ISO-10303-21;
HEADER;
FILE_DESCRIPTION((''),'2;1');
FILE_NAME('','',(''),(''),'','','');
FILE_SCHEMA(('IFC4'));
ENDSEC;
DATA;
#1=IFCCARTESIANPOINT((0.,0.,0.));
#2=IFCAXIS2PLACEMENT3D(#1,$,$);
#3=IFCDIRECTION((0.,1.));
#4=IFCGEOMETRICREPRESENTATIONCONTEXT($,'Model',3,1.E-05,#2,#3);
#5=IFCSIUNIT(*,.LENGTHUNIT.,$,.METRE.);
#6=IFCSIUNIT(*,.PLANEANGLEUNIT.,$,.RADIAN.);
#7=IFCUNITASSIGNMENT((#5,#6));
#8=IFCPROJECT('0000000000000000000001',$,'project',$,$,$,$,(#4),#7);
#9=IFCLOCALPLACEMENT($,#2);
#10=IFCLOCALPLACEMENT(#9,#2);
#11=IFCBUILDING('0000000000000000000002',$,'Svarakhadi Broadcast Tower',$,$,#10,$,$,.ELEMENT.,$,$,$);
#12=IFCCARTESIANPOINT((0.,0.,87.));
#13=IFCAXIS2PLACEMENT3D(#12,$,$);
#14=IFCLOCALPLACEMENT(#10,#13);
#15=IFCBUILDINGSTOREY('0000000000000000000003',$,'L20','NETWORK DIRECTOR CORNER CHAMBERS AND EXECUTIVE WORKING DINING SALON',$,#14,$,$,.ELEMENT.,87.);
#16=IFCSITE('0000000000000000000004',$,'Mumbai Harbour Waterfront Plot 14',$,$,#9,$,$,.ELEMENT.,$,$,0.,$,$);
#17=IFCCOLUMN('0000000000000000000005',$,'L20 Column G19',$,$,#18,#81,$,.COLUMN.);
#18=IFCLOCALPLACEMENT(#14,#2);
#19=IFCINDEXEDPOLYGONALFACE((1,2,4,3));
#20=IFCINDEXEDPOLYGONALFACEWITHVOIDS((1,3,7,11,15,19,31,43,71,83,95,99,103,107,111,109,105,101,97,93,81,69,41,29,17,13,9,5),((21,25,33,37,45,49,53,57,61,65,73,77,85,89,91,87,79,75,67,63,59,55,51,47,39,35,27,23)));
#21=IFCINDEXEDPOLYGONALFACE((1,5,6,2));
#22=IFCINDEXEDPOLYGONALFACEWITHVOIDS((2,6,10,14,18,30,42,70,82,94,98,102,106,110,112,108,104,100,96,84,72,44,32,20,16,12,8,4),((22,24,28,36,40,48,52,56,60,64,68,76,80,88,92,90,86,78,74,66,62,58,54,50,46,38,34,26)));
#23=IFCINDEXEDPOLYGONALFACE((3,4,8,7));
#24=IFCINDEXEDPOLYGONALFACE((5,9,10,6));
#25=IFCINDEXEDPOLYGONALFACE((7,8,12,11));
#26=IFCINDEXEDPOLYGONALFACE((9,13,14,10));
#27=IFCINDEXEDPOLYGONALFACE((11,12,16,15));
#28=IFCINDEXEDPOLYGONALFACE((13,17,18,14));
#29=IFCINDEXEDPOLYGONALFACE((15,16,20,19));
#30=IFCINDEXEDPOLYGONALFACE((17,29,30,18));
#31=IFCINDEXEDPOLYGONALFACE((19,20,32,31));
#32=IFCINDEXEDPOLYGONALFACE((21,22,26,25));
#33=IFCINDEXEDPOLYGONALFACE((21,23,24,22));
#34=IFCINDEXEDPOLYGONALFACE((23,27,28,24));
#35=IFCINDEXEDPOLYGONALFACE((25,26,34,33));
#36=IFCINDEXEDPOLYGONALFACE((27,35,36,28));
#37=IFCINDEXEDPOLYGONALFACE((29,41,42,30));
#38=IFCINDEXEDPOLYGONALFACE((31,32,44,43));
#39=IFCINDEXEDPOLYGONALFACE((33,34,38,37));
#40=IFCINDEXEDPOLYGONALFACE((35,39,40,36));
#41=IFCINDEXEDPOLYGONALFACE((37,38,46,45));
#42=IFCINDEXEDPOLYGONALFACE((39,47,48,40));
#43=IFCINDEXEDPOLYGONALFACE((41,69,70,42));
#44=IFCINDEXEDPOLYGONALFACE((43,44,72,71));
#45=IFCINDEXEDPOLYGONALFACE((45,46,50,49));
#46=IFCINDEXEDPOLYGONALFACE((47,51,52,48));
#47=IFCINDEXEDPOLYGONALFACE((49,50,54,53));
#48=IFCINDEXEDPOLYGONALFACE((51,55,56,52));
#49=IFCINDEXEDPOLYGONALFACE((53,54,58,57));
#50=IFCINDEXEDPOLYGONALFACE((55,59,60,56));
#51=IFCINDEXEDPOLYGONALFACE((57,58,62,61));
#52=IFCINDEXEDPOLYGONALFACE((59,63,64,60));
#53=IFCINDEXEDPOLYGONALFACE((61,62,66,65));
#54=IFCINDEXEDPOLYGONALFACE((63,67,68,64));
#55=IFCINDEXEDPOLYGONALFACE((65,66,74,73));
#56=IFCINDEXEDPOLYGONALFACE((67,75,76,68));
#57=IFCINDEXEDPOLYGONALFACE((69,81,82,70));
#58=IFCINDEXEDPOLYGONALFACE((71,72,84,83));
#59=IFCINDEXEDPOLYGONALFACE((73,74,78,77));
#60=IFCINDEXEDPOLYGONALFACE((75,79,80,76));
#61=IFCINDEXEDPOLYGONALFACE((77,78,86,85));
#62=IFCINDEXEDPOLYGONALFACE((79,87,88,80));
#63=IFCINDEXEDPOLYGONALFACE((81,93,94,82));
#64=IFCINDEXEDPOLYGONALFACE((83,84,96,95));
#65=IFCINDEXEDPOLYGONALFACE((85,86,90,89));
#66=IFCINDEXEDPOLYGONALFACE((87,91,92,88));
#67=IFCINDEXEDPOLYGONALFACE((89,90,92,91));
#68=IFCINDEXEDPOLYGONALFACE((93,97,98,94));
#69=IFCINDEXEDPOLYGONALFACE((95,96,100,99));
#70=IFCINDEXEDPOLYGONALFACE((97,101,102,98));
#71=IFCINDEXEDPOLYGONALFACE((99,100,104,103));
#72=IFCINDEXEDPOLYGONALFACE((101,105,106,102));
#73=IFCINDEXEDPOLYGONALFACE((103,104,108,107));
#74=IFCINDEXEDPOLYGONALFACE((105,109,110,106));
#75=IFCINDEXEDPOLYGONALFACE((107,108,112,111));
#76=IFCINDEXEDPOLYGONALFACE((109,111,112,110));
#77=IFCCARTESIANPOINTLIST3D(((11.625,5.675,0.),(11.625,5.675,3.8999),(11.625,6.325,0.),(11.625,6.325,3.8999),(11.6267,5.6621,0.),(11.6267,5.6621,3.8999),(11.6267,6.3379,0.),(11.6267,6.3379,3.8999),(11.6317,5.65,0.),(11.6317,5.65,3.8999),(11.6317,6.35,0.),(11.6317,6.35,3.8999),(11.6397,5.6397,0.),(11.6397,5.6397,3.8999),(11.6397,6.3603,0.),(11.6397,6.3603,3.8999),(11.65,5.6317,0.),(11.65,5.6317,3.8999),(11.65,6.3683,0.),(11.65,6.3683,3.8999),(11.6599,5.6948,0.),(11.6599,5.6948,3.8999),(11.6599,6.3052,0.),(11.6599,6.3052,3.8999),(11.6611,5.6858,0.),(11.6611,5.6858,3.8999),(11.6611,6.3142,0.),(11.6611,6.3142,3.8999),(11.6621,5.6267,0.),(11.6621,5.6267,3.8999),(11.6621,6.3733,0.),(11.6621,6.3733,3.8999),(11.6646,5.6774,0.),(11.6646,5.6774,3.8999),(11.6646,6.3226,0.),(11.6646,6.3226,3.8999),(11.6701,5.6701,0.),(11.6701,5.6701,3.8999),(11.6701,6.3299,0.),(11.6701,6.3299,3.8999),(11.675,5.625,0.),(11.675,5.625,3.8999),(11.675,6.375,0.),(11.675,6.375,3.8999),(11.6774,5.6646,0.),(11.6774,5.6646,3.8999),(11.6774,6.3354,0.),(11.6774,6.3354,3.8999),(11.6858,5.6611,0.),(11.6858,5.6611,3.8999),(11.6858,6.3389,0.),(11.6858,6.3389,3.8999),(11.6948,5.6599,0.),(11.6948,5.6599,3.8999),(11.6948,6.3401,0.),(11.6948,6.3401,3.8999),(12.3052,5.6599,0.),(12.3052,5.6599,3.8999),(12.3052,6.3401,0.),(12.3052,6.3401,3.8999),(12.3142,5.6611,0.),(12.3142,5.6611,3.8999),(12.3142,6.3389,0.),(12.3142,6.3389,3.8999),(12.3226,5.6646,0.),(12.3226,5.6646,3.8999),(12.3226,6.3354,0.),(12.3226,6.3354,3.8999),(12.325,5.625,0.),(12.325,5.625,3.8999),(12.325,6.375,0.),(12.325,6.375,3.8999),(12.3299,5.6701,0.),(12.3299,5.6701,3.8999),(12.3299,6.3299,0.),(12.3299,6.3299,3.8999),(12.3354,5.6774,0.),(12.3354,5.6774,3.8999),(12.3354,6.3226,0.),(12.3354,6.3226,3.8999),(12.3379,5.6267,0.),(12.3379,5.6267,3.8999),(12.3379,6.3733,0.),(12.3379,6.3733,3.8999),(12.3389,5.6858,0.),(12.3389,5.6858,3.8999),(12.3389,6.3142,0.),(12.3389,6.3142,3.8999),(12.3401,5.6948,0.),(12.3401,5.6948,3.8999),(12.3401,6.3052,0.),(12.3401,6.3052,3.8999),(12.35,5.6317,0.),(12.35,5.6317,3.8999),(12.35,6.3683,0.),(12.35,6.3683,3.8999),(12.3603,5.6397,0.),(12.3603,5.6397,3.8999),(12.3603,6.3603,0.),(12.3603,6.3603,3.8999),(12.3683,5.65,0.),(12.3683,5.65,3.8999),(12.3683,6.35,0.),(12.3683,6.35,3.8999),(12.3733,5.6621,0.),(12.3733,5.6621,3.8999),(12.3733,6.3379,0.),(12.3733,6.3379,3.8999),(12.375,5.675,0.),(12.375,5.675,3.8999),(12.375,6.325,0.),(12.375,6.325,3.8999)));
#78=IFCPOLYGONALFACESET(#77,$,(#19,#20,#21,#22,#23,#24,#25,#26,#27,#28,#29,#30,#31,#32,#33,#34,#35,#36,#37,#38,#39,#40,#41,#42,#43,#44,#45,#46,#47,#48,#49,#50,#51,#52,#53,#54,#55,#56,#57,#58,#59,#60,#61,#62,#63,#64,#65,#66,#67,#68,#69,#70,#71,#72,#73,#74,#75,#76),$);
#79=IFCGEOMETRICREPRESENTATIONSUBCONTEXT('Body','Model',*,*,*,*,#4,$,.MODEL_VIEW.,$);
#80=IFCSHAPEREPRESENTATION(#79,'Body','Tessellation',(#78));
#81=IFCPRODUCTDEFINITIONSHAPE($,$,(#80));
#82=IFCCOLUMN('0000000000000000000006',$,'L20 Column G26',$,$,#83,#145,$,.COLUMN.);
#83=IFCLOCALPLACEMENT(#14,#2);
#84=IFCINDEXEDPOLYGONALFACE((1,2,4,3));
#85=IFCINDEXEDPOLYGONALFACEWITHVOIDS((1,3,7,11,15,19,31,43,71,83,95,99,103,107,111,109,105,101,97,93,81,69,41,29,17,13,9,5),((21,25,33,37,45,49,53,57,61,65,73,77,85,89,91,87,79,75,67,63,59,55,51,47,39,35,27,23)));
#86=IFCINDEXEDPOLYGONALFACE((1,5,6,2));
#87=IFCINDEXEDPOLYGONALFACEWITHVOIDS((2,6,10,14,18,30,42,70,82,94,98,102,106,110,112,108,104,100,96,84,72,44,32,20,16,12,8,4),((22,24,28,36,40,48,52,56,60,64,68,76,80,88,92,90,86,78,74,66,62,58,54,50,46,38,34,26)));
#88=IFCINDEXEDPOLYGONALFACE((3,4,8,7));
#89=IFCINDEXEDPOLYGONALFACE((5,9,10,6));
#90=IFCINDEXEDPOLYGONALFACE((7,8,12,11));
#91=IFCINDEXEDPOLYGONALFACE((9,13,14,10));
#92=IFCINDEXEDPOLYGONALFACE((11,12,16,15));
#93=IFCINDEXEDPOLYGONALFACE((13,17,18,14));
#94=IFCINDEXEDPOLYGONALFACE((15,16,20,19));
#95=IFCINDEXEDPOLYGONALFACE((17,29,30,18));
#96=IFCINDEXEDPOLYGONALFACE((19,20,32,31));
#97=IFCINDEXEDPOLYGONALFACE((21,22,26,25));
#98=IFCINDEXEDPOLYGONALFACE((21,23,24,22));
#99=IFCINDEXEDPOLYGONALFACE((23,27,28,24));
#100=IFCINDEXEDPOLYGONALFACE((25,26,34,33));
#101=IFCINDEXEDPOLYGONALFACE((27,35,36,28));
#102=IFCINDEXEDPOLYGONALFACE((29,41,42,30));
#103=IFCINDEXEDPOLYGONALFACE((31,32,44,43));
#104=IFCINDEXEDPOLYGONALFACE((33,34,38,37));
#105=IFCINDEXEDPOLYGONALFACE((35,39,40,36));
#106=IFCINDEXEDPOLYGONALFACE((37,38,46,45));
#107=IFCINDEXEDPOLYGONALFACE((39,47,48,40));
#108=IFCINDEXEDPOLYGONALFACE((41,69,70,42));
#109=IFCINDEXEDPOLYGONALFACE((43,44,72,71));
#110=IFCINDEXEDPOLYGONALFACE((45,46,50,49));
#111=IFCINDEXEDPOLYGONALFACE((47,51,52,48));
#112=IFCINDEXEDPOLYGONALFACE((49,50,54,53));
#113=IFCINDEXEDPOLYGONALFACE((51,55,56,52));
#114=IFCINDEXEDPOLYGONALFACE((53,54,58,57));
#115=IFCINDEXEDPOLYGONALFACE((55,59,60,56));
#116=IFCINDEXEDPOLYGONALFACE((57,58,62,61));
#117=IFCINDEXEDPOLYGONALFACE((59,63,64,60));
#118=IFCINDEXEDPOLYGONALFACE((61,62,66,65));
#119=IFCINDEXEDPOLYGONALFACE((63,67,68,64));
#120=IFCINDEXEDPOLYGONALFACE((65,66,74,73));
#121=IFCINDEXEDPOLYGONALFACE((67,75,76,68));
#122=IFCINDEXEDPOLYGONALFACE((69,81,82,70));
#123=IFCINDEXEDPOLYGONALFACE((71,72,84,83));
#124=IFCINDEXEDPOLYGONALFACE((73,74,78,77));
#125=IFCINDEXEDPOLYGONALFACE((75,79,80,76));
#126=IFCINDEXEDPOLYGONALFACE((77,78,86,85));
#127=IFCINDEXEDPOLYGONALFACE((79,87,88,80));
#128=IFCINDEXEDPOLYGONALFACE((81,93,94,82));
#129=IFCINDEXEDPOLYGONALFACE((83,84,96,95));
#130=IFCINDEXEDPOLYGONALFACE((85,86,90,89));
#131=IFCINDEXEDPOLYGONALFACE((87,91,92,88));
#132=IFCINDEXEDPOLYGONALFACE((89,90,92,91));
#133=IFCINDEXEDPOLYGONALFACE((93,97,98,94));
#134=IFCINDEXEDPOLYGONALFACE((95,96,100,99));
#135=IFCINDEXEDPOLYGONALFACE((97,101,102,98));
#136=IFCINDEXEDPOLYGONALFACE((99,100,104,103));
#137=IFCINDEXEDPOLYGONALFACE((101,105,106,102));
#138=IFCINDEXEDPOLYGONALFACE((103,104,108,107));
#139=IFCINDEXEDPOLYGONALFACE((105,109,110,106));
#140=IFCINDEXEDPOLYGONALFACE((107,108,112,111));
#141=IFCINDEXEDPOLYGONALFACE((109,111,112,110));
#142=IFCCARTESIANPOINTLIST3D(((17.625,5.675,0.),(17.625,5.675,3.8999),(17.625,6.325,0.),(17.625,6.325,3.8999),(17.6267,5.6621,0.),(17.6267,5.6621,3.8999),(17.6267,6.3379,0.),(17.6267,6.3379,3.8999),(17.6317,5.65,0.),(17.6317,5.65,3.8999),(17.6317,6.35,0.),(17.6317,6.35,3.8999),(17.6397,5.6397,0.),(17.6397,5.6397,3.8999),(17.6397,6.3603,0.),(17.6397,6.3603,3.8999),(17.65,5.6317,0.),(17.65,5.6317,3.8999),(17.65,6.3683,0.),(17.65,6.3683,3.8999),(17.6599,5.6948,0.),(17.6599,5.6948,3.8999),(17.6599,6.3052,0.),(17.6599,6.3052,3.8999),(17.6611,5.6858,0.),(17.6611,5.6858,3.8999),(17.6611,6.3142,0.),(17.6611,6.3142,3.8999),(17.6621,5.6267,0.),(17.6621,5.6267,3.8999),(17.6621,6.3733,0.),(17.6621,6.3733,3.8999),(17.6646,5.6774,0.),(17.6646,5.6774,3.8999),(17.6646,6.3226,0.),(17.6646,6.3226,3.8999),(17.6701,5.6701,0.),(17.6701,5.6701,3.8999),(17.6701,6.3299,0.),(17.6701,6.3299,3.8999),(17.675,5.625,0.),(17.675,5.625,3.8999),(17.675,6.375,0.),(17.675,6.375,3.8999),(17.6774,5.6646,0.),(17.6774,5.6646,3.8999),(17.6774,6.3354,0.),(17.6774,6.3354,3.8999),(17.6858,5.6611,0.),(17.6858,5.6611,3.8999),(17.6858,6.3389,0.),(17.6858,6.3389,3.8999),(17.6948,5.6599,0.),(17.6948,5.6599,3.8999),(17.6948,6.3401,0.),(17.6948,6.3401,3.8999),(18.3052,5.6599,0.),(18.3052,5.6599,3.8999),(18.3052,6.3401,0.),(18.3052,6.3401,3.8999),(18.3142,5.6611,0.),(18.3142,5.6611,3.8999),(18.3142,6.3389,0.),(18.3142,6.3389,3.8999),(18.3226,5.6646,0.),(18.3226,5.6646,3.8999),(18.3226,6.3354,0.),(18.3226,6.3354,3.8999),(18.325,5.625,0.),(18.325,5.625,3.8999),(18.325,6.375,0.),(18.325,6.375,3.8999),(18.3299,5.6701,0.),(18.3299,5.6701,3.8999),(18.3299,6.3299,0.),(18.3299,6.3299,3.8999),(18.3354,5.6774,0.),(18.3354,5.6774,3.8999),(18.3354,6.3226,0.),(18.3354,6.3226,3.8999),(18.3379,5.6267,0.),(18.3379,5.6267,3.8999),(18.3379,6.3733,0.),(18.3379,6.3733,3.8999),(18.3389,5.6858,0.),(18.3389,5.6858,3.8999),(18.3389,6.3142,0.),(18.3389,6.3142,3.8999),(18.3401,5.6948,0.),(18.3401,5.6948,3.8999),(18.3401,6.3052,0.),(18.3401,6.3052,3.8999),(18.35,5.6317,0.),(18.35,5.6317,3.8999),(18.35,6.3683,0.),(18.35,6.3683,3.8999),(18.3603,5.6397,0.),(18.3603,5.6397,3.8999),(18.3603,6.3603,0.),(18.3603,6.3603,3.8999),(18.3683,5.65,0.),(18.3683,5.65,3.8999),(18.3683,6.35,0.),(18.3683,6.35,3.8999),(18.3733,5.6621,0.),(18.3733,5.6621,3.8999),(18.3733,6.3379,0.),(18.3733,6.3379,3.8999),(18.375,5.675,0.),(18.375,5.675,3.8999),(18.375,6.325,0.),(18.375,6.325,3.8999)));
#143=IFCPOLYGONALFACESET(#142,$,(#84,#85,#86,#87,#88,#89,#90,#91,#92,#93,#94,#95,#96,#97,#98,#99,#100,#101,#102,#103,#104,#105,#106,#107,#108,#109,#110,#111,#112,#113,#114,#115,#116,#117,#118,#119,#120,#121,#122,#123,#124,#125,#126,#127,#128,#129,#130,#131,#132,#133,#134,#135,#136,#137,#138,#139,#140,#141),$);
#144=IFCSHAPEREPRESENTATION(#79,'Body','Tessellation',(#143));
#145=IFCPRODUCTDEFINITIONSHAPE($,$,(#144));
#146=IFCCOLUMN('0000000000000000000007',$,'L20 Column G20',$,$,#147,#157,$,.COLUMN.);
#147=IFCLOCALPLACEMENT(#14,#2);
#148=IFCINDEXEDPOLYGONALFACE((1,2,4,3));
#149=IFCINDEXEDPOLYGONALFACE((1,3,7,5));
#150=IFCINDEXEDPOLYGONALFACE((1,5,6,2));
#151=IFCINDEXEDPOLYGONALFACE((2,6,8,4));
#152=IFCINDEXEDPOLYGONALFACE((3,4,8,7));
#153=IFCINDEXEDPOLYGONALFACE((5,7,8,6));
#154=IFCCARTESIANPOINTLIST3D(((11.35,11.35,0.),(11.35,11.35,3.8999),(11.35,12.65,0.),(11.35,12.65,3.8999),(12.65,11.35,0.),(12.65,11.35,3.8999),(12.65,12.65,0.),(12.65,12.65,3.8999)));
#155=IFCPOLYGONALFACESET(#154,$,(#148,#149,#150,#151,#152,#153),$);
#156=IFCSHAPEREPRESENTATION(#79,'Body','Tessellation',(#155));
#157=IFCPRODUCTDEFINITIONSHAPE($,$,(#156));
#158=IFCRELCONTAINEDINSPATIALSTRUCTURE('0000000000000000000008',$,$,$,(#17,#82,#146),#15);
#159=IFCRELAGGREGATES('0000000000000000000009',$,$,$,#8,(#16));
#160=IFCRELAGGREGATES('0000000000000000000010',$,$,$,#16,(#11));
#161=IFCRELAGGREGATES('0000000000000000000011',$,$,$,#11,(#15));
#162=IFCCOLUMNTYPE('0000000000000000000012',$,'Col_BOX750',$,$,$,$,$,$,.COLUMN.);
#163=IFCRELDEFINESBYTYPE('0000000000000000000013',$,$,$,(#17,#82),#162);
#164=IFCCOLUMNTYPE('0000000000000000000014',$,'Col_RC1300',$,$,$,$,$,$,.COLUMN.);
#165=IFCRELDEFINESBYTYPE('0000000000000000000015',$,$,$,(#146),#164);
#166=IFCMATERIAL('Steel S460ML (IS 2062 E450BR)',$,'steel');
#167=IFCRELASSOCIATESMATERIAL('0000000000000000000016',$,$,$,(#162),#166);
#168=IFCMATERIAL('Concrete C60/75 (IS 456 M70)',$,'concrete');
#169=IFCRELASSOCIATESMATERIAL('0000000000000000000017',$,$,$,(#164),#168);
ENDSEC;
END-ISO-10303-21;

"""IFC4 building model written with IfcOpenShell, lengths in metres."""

from ifc_helpers import new_model, si_unit, direction, frame, origin, origin_2d, place, context, subcontext, project, spatial, rectangle, hollow_rectangle, extrude, material, material_profile, profile_set, type_object, element, save


model = new_model("IFC4")

# Units and contexts
model_context = context("Model", 3, precision=1e-05, world=origin(), true_north=direction((0.0, 1.0)))
body_context = subcontext(model_context, "Body", "Model", "MODEL_VIEW")
ifc_project = project(units=[si_unit("LENGTHUNIT", "METRE"), si_unit("PLANEANGLEUNIT", "RADIAN")], contexts=[model_context])

# Site, building, storey
site_placement = place(None, origin())
site = spatial("IfcSite", under=ifc_project, at=site_placement, Name="Mumbai Harbour Waterfront Plot 14", CompositionType="ELEMENT", RefElevation=0.0)
building_placement = place(site_placement, origin())
building = spatial("IfcBuilding", under=site, at=building_placement, Name="Svarakhadi Broadcast Tower", CompositionType="ELEMENT")
storey_placement = place(building_placement, frame((0.0, 0.0, 87.0)))
storey = spatial("IfcBuildingStorey", under=building, at=storey_placement, Name="L20", Description="NETWORK DIRECTOR CORNER CHAMBERS AND EXECUTIVE WORKING DINING SALON", CompositionType="ELEMENT", Elevation=87.0)

# Columns
ifc_material_1 = material(Name="Steel S460ML (IS 2062 E450BR)", Category="steel")
ifc_material_profile_1 = material_profile(ifc_material_1, hollow_rectangle(XDim=0.75, YDim=0.75, WallThickness=0.0349, InnerFilletRadius=0.0349, OuterFilletRadius=0.05, at=origin_2d()), Name="BOX 750x750x35")
ifc_profile_set_1 = profile_set([ifc_material_profile_1], Name="Steel S460ML (IS 2062 E450BR)")
column_type_1 = type_object("IfcColumnType", Name="Col_BOX750", PredefinedType="COLUMN", material=ifc_profile_set_1)
for number, where, z_axis, x_axis, name in (
    (1, (12.0, 6.0, 0.0), (0.0, 0.0, 1.0), (1.0, 0.0, 0.0), "L20 Column G19"),
    (2, (18.0, 6.0, 0.0), (0.0, 0.0, 1.0), (1.0, 0.0, 0.0), "L20 Column G26"),
):
    element("IfcColumn", number, at=place(storey_placement, frame(where, z_axis=z_axis, x_axis=x_axis)), inside=storey, type_object=column_type_1, Name=name, PredefinedType="COLUMN", context=body_context, shape_type="SweptSolid", body=[
        extrude(hollow_rectangle(XDim=0.75, YDim=0.75, WallThickness=0.0349, InnerFilletRadius=0.0349, OuterFilletRadius=0.05, at=origin_2d()), origin(), (0.0, 0.0, 1.0), 3.8999),
    ])
ifc_material_2 = material(Name="Concrete C60/75 (IS 456 M70)", Category="concrete")
ifc_material_profile_2 = material_profile(ifc_material_2, rectangle(XDim=1.3, YDim=1.3, at=origin_2d()), Name="RC 1300x1300")
ifc_profile_set_2 = profile_set([ifc_material_profile_2], Name="Concrete C60/75 (IS 456 M70)")
column_type_2 = type_object("IfcColumnType", Name="Col_RC1300", PredefinedType="COLUMN", material=ifc_profile_set_2)
column_1_placement = place(storey_placement, frame((12.0, 12.0, 0.0), z_axis=(0.0, 0.0, 1.0), x_axis=(1.0, 0.0, 0.0)))
element("IfcColumn", 3, at=column_1_placement, inside=storey, type_object=column_type_2, Name="L20 Column G20", PredefinedType="COLUMN", context=body_context, shape_type="SweptSolid", body=[
    extrude(rectangle(XDim=1.3, YDim=1.3, at=origin_2d()), origin(), (0.0, 0.0, 1.0), 3.8999),
])

save(model, "model.ifc")
